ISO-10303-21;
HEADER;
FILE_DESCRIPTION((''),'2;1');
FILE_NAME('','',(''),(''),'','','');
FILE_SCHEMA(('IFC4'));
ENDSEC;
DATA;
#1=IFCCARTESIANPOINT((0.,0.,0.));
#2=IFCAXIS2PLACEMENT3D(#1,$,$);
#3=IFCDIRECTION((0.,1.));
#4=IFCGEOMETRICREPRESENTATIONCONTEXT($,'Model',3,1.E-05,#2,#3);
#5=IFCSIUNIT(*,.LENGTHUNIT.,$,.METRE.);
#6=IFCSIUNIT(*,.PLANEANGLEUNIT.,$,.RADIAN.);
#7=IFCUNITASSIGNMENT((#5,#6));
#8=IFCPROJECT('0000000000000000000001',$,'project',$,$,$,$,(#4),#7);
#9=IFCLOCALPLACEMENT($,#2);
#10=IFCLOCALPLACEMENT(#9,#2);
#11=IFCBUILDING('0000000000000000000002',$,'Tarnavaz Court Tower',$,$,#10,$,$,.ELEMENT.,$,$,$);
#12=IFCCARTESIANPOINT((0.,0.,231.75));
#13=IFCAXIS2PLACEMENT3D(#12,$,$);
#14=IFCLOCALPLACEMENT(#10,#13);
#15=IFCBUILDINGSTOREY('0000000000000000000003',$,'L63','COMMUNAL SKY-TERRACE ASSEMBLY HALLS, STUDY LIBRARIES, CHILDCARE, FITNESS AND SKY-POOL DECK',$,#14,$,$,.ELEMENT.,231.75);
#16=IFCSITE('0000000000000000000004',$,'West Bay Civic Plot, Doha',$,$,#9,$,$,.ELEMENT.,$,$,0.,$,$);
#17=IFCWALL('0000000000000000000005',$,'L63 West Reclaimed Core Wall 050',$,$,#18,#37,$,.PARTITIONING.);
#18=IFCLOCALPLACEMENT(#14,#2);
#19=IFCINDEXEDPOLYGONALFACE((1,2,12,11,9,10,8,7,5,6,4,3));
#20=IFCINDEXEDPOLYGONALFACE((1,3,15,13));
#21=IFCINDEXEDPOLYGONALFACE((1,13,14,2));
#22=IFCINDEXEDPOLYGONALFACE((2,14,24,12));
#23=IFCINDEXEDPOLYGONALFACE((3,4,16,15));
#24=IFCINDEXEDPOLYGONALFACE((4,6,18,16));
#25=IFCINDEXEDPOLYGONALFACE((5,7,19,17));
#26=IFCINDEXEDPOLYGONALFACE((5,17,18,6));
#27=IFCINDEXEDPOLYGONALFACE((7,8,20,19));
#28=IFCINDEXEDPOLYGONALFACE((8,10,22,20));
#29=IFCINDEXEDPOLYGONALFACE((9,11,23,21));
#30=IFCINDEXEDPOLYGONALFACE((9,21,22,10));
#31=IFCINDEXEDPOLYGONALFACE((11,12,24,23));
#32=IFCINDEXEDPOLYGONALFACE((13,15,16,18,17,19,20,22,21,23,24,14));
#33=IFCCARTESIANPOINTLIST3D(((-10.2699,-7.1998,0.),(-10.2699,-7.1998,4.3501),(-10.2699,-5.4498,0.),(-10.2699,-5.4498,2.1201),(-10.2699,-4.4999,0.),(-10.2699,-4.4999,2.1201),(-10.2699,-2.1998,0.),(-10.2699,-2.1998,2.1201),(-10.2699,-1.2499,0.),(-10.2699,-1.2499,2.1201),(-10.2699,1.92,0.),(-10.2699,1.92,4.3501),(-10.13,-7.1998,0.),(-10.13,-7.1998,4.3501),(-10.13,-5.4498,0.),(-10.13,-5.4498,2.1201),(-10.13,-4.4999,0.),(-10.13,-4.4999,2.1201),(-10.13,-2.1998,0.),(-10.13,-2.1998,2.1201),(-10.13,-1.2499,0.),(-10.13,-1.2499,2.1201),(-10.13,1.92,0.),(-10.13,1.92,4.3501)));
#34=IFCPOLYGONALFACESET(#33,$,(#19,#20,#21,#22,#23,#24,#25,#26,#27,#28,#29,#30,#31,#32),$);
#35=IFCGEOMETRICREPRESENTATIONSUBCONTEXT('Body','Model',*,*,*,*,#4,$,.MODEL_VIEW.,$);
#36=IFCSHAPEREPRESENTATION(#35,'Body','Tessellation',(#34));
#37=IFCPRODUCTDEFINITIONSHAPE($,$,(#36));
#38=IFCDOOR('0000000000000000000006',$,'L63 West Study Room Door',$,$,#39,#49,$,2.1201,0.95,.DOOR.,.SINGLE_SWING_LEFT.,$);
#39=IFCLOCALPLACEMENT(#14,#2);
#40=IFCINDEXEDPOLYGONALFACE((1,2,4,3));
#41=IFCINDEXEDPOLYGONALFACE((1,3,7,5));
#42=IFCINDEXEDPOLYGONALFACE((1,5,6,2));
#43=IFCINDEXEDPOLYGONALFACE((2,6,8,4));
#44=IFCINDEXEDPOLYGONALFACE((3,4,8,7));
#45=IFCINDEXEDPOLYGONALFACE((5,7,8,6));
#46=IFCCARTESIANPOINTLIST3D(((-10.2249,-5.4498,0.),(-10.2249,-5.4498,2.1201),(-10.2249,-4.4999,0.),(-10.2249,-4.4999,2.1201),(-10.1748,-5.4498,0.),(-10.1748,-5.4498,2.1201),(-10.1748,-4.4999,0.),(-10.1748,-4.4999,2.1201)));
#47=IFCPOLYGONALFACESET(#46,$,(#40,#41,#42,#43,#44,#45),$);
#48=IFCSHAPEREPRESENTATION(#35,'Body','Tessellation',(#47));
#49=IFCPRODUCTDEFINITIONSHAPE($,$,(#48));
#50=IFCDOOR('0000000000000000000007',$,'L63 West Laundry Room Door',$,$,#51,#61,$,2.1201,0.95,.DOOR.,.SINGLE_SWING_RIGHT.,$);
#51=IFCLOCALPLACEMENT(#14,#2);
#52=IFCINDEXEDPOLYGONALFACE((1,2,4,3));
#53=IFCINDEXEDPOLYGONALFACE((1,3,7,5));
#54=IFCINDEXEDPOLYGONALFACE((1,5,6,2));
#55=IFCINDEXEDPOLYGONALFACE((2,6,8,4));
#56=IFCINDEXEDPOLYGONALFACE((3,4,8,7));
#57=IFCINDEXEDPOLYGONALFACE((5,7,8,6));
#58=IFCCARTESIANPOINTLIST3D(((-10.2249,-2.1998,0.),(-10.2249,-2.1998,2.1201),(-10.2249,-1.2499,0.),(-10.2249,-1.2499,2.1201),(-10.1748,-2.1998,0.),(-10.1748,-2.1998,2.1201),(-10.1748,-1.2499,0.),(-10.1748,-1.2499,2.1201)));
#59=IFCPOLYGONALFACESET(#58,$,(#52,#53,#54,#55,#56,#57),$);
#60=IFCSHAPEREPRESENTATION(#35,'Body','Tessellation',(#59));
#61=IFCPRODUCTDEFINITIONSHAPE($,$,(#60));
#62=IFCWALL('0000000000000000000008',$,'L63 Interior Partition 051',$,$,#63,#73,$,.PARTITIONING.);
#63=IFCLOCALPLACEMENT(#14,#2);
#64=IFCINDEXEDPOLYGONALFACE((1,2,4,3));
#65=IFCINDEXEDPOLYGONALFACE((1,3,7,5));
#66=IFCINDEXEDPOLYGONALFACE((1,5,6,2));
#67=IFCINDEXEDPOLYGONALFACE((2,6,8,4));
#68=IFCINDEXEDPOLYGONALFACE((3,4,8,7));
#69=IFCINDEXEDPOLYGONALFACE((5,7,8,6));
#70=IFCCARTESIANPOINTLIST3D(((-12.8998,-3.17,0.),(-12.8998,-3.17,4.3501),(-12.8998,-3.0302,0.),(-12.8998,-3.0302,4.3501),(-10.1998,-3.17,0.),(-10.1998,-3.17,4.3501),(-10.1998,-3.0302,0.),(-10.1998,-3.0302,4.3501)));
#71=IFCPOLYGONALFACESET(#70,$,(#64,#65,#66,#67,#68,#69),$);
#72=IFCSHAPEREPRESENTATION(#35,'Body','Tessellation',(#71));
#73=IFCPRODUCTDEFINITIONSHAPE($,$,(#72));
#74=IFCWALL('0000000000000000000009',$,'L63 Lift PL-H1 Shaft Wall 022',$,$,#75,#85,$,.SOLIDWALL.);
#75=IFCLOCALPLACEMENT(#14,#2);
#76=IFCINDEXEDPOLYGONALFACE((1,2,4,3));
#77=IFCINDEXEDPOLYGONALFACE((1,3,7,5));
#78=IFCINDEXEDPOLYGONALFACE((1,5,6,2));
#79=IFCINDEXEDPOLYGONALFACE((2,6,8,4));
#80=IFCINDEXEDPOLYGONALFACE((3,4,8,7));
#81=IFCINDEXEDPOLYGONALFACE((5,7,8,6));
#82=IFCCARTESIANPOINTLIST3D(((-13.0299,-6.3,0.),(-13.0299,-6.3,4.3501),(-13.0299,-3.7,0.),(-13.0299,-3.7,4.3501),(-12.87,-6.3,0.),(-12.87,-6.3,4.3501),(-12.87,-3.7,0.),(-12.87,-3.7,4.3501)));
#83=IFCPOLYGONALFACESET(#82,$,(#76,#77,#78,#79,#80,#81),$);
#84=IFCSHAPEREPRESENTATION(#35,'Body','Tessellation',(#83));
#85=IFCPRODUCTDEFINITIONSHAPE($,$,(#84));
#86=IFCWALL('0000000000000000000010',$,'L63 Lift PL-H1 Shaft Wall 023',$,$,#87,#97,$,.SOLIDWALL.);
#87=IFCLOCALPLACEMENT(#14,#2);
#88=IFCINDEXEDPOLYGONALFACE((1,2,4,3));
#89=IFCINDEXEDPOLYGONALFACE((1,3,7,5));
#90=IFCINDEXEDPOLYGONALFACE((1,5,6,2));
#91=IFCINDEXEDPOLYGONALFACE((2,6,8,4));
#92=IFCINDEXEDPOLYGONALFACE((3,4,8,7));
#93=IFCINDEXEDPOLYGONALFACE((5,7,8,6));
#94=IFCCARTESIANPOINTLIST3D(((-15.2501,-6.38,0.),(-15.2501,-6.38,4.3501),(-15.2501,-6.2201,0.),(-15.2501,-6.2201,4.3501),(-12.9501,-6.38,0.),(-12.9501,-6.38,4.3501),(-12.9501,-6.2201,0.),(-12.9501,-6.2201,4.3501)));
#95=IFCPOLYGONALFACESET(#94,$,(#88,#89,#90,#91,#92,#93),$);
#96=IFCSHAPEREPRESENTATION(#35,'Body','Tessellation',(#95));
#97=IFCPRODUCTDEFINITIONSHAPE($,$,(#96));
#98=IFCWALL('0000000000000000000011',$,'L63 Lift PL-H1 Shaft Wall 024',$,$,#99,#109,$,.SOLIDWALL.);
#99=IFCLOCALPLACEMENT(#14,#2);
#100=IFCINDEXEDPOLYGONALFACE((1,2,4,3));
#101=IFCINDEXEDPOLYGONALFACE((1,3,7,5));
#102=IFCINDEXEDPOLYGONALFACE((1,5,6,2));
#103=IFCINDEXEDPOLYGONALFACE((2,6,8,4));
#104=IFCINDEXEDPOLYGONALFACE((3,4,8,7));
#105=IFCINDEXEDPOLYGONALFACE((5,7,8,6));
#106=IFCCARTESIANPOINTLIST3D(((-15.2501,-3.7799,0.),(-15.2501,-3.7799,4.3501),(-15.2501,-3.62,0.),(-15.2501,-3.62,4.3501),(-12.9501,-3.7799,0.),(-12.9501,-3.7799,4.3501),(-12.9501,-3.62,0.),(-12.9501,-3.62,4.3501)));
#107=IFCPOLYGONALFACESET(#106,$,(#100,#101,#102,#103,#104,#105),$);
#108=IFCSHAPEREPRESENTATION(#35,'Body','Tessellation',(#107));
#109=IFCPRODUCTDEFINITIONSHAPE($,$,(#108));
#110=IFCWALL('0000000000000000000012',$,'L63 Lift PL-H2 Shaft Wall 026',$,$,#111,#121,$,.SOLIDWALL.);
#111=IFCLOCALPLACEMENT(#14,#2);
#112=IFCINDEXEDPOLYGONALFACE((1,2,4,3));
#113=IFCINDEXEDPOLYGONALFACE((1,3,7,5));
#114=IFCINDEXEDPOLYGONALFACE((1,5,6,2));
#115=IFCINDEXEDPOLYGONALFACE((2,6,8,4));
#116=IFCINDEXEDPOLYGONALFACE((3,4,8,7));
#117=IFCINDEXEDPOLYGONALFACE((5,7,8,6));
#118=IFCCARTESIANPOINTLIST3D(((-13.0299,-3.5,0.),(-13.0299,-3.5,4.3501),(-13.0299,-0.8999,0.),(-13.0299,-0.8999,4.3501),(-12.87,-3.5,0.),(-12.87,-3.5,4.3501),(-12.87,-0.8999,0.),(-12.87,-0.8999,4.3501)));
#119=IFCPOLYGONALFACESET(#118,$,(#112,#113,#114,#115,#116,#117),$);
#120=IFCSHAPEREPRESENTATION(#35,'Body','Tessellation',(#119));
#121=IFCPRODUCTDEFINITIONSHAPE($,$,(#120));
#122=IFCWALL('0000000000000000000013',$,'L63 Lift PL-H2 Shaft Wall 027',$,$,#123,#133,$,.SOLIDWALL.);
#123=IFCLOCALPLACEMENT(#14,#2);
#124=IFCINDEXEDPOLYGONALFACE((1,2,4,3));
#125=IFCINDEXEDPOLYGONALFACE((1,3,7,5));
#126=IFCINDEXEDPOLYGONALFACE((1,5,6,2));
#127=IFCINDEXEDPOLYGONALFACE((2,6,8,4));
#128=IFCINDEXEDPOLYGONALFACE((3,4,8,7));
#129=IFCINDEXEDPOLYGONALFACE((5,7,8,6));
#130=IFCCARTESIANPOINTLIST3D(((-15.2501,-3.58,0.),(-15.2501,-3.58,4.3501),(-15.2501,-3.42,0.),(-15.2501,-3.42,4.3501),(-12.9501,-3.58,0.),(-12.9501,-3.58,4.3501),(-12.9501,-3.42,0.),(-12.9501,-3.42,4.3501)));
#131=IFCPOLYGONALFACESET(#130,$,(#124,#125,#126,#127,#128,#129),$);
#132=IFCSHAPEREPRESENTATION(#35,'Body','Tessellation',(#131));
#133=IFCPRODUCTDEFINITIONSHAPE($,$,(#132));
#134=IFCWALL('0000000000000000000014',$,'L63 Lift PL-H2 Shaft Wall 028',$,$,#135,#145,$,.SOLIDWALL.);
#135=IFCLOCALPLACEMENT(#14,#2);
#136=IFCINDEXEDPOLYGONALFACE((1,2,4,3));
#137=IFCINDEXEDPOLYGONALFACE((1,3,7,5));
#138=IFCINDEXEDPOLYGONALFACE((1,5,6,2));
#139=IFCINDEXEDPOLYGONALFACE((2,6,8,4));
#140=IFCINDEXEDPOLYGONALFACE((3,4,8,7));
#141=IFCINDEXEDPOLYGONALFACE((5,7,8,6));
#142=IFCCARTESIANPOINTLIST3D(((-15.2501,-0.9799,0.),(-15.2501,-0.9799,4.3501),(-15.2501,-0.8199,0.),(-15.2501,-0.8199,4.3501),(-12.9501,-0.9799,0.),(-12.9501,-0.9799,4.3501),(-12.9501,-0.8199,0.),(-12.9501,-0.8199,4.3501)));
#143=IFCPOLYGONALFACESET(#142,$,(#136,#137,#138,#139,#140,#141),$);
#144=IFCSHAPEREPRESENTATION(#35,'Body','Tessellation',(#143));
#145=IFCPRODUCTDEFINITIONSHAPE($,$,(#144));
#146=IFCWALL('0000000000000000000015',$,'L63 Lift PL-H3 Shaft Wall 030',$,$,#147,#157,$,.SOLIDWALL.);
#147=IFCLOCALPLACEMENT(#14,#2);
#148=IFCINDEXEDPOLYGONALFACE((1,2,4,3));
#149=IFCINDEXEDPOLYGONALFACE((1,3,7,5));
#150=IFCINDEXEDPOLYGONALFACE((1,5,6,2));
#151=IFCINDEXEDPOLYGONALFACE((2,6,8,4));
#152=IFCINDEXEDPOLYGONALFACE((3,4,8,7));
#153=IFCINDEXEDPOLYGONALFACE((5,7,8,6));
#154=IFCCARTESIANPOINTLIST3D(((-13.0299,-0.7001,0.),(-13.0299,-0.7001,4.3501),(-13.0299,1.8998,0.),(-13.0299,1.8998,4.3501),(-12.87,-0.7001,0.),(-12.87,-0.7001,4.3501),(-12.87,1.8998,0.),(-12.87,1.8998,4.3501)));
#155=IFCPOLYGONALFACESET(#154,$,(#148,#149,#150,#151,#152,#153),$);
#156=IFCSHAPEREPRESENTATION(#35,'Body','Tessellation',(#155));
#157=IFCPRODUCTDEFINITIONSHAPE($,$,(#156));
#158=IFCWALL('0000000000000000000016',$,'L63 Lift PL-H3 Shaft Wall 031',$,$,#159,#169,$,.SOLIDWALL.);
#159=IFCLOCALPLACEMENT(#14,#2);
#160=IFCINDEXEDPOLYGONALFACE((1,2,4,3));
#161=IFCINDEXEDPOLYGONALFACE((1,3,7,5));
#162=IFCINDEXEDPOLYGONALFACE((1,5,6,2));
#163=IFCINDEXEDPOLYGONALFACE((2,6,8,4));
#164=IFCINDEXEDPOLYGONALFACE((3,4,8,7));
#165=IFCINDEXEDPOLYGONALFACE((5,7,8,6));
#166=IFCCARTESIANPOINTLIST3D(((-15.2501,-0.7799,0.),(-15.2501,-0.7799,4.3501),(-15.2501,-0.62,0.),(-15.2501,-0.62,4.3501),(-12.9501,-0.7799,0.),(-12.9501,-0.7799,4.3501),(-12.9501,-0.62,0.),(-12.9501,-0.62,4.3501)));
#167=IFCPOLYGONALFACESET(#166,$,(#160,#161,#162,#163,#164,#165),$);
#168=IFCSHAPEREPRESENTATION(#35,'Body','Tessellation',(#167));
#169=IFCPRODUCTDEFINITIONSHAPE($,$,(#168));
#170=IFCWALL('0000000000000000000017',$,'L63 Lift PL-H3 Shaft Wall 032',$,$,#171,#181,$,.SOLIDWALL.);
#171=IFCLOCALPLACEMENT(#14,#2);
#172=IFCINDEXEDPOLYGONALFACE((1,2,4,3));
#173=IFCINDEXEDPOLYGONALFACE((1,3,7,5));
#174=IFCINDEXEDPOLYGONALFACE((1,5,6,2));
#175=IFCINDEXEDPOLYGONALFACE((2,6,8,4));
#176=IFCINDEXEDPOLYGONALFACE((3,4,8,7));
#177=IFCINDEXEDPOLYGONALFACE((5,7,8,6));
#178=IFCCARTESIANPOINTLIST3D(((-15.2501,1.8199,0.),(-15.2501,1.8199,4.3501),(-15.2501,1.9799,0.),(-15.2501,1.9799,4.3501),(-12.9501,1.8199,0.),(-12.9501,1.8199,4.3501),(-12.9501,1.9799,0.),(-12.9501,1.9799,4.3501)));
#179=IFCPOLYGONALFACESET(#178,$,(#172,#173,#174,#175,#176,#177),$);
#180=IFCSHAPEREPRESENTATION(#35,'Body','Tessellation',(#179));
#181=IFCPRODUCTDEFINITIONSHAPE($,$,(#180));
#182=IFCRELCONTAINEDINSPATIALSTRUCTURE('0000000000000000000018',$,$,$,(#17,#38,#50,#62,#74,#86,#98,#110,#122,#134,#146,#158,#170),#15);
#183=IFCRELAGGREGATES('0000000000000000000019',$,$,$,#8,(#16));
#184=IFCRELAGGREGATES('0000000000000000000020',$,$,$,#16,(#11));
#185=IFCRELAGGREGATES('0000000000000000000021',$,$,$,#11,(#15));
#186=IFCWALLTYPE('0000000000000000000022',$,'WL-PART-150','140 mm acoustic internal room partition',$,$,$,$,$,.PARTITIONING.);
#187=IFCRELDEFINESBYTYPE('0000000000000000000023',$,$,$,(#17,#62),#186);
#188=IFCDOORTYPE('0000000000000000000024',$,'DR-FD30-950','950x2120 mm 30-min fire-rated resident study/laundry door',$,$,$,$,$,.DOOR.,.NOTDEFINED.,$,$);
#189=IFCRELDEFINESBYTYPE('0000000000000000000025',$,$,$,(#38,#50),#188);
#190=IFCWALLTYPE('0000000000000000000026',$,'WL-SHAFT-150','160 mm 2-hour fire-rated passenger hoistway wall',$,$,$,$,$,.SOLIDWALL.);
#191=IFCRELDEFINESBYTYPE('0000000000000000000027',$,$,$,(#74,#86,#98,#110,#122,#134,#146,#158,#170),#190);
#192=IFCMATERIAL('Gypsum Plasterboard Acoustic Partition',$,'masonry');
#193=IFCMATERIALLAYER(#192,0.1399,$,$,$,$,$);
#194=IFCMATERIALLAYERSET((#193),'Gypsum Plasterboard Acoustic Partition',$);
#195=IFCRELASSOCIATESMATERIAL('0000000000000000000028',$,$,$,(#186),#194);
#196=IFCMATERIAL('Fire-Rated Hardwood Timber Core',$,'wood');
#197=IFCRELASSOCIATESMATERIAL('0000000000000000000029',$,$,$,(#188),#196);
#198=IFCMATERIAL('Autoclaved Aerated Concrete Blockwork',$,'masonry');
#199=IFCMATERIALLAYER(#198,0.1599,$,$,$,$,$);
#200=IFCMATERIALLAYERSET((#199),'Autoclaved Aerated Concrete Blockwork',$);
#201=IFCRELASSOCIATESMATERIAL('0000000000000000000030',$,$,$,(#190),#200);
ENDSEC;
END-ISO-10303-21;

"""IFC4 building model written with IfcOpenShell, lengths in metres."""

from ifc_helpers import new_model, si_unit, direction, frame, frame_2d, origin, place, context, subcontext, project, spatial, rectangle, extrude, material, layer, layer_set, type_object, element, fill, save


model = new_model("IFC4")

# Units and contexts
model_context = context("Model", 3, precision=1e-05, world=origin(), true_north=direction((0.0, 1.0)))
body_context = subcontext(model_context, "Body", "Model", "MODEL_VIEW")
ifc_project = project(units=[si_unit("LENGTHUNIT", "METRE"), si_unit("PLANEANGLEUNIT", "RADIAN")], contexts=[model_context])

# Site, building, storey
site_placement = place(None, origin())
site = spatial("IfcSite", under=ifc_project, at=site_placement, Name="West Bay Civic Plot, Doha", CompositionType="ELEMENT", RefElevation=0.0)
building_placement = place(site_placement, origin())
building = spatial("IfcBuilding", under=site, at=building_placement, Name="Tarnavaz Court Tower", CompositionType="ELEMENT")
storey_placement = place(building_placement, frame((0.0, 0.0, 231.75)))
storey = spatial("IfcBuildingStorey", under=building, at=storey_placement, Name="L63", Description="COMMUNAL SKY-TERRACE ASSEMBLY HALLS, STUDY LIBRARIES, CHILDCARE, FITNESS AND SKY-POOL DECK", CompositionType="ELEMENT", Elevation=231.75)

# Wall, openings, doors
ifc_material_1 = material(Name="Gypsum Plasterboard Acoustic Partition", Category="masonry")
ifc_layer_1 = layer(ifc_material_1, 0.1399)
ifc_layer_set_1 = layer_set([ifc_layer_1], Name="Gypsum Plasterboard Acoustic Partition")
wall_type_1 = type_object("IfcWallType", Name="WL-PART-150", Description="140 mm acoustic internal room partition", PredefinedType="PARTITIONING", material=ifc_layer_set_1)
wall_1_placement = place(storey_placement, frame((-10.2, -7.2, 0.0), z_axis=(0.0, 0.0, 1.0), x_axis=(0.0, 1.0, 0.0)))
wall_1 = element("IfcWall", 1, at=wall_1_placement, inside=storey, type_object=wall_type_1, Name="L63 West Reclaimed Core Wall 050", PredefinedType="PARTITIONING", context=body_context, shape_type="SweptSolid", body=[
    extrude(rectangle(XDim=9.1199, YDim=0.1399, at=frame_2d((4.5601, 0.0))), origin(), (0.0, 0.0, 1.0), 4.3501),
])
opening_1_placement = place(wall_1_placement, frame((1.75, 0.0, 0.0)))
opening_1 = element("IfcOpeningElement", 2, at=opening_1_placement, cuts=wall_1, PredefinedType="OPENING", context=body_context, shape_type="SweptSolid", body=[
    extrude(rectangle(XDim=0.95, YDim=2.1201, at=frame_2d((0.4751, 1.0601))), frame((0.0, 0.0798, 0.0), z_axis=(0.0, -1.0, 0.0), x_axis=(1.0, 0.0, 0.0)), (0.0, 0.0, 1.0), 0.1599),
])
opening_2_placement = place(wall_1_placement, frame((5.0, 0.0, 0.0)))
opening_2 = element("IfcOpeningElement", 3, at=opening_2_placement, cuts=wall_1, PredefinedType="OPENING", context=body_context, shape_type="SweptSolid", body=[
    extrude(rectangle(XDim=0.95, YDim=2.1201, at=frame_2d((0.4751, 1.0601))), frame((0.0, 0.0798, 0.0), z_axis=(0.0, -1.0, 0.0), x_axis=(1.0, 0.0, 0.0)), (0.0, 0.0, 1.0), 0.1599),
])
ifc_material_2 = material(Name="Fire-Rated Hardwood Timber Core", Category="wood")
door_type_1 = type_object("IfcDoorType", Name="DR-FD30-950", Description="950x2120 mm 30-min fire-rated resident study/laundry door", OperationType="NOTDEFINED", PredefinedType="DOOR", material=ifc_material_2)
door_1_placement = place(opening_1_placement, origin())
door_1 = element("IfcDoor", 4, at=door_1_placement, inside=storey, type_object=door_type_1, Name="L63 West Study Room Door", OperationType="SINGLE_SWING_LEFT", OverallHeight=2.1201, OverallWidth=0.95, PredefinedType="DOOR", context=body_context, shape_type="SweptSolid", body=[
    extrude(rectangle(XDim=0.95, YDim=2.1201, at=frame_2d((0.4751, 1.0601))), frame((0.0, 0.0249, 0.0), z_axis=(0.0, -1.0, 0.0), x_axis=(1.0, 0.0, 0.0)), (0.0, 0.0, 1.0), 0.05),
])
fill(opening_1, door_1)
door_2_placement = place(opening_2_placement, origin())
door_2 = element("IfcDoor", 5, at=door_2_placement, inside=storey, type_object=door_type_1, Name="L63 West Laundry Room Door", OperationType="SINGLE_SWING_RIGHT", OverallHeight=2.1201, OverallWidth=0.95, PredefinedType="DOOR", context=body_context, shape_type="SweptSolid", body=[
    extrude(rectangle(XDim=0.95, YDim=2.1201, at=frame_2d((0.4751, 1.0601))), frame((0.0, 0.0249, 0.0), z_axis=(0.0, -1.0, 0.0), x_axis=(1.0, 0.0, 0.0)), (0.0, 0.0, 1.0), 0.05),
])
fill(opening_2, door_2)

# Wall
wall_2_placement = place(storey_placement, frame((-12.8999, -3.1001, 0.0), z_axis=(0.0, 0.0, 1.0), x_axis=(1.0, 0.0, 0.0)))
element("IfcWall", 6, at=wall_2_placement, inside=storey, type_object=wall_type_1, Name="L63 Interior Partition 051", PredefinedType="PARTITIONING", context=body_context, shape_type="SweptSolid", body=[
    extrude(rectangle(XDim=2.7, YDim=0.1399, at=frame_2d((1.3501, 0.0))), origin(), (0.0, 0.0, 1.0), 4.3501),
])

# Shared definitions
ifc_material_3 = material(Name="Autoclaved Aerated Concrete Blockwork", Category="masonry")
ifc_layer_2 = layer(ifc_material_3, 0.1599)
ifc_layer_set_2 = layer_set([ifc_layer_2], Name="Autoclaved Aerated Concrete Blockwork")
wall_type_2 = type_object("IfcWallType", Name="WL-SHAFT-150", Description="160 mm 2-hour fire-rated passenger hoistway wall", PredefinedType="SOLIDWALL", material=ifc_layer_set_2)

# Walls
wall_3_placement = place(storey_placement, frame((-12.95, -6.3, 0.0), z_axis=(0.0, 0.0, 1.0), x_axis=(0.0, 1.0, 0.0)))
element("IfcWall", 7, at=wall_3_placement, inside=storey, type_object=wall_type_2, Name="L63 Lift PL-H1 Shaft Wall 022", PredefinedType="SOLIDWALL", context=body_context, shape_type="SweptSolid", body=[
    extrude(rectangle(XDim=2.6001, YDim=0.1599, at=frame_2d((1.3, 0.0))), origin(), (0.0, 0.0, 1.0), 4.3501),
])
for number, where, z_axis, x_axis, name in (
    (8, (-15.25, -6.3, 0.0), (0.0, 0.0, 1.0), (1.0, 0.0, 0.0), "L63 Lift PL-H1 Shaft Wall 023"),
    (9, (-15.25, -3.7, 0.0), (0.0, 0.0, 1.0), (1.0, 0.0, 0.0), "L63 Lift PL-H1 Shaft Wall 024"),
):
    element("IfcWall", number, at=place(storey_placement, frame(where, z_axis=z_axis, x_axis=x_axis)), inside=storey, type_object=wall_type_2, Name=name, PredefinedType="SOLIDWALL", context=body_context, shape_type="SweptSolid", body=[
        extrude(rectangle(XDim=2.3, YDim=0.1599, at=frame_2d((1.1499, 0.0))), origin(), (0.0, 0.0, 1.0), 4.3501),
    ])

# Walls
wall_4_placement = place(storey_placement, frame((-12.95, -3.5, 0.0), z_axis=(0.0, 0.0, 1.0), x_axis=(0.0, 1.0, 0.0)))
element("IfcWall", 10, at=wall_4_placement, inside=storey, type_object=wall_type_2, Name="L63 Lift PL-H2 Shaft Wall 026", PredefinedType="SOLIDWALL", context=body_context, shape_type="SweptSolid", body=[
    extrude(rectangle(XDim=2.6001, YDim=0.1599, at=frame_2d((1.3, 0.0))), origin(), (0.0, 0.0, 1.0), 4.3501),
])
for number, where, z_axis, x_axis, name in (
    (11, (-15.25, -3.5, 0.0), (0.0, 0.0, 1.0), (1.0, 0.0, 0.0), "L63 Lift PL-H2 Shaft Wall 027"),
    (12, (-15.25, -0.8999, 0.0), (0.0, 0.0, 1.0), (1.0, 0.0, 0.0), "L63 Lift PL-H2 Shaft Wall 028"),
):
    element("IfcWall", number, at=place(storey_placement, frame(where, z_axis=z_axis, x_axis=x_axis)), inside=storey, type_object=wall_type_2, Name=name, PredefinedType="SOLIDWALL", context=body_context, shape_type="SweptSolid", body=[
        extrude(rectangle(XDim=2.3, YDim=0.1599, at=frame_2d((1.1499, 0.0))), origin(), (0.0, 0.0, 1.0), 4.3501),
    ])

# Walls
wall_5_placement = place(storey_placement, frame((-12.95, -0.7, 0.0), z_axis=(0.0, 0.0, 1.0), x_axis=(0.0, 1.0, 0.0)))
element("IfcWall", 13, at=wall_5_placement, inside=storey, type_object=wall_type_2, Name="L63 Lift PL-H3 Shaft Wall 030", PredefinedType="SOLIDWALL", context=body_context, shape_type="SweptSolid", body=[
    extrude(rectangle(XDim=2.5999, YDim=0.1599, at=frame_2d((1.2998, 0.0))), origin(), (0.0, 0.0, 1.0), 4.3501),
])
for number, where, z_axis, x_axis, name in (
    (14, (-15.25, -0.7, 0.0), (0.0, 0.0, 1.0), (1.0, 0.0, 0.0), "L63 Lift PL-H3 Shaft Wall 031"),
    (15, (-15.25, 1.8999, 0.0), (0.0, 0.0, 1.0), (1.0, 0.0, 0.0), "L63 Lift PL-H3 Shaft Wall 032"),
):
    element("IfcWall", number, at=place(storey_placement, frame(where, z_axis=z_axis, x_axis=x_axis)), inside=storey, type_object=wall_type_2, Name=name, PredefinedType="SOLIDWALL", context=body_context, shape_type="SweptSolid", body=[
        extrude(rectangle(XDim=2.3, YDim=0.1599, at=frame_2d((1.1499, 0.0))), origin(), (0.0, 0.0, 1.0), 4.3501),
    ])

save(model, "model.ifc")
